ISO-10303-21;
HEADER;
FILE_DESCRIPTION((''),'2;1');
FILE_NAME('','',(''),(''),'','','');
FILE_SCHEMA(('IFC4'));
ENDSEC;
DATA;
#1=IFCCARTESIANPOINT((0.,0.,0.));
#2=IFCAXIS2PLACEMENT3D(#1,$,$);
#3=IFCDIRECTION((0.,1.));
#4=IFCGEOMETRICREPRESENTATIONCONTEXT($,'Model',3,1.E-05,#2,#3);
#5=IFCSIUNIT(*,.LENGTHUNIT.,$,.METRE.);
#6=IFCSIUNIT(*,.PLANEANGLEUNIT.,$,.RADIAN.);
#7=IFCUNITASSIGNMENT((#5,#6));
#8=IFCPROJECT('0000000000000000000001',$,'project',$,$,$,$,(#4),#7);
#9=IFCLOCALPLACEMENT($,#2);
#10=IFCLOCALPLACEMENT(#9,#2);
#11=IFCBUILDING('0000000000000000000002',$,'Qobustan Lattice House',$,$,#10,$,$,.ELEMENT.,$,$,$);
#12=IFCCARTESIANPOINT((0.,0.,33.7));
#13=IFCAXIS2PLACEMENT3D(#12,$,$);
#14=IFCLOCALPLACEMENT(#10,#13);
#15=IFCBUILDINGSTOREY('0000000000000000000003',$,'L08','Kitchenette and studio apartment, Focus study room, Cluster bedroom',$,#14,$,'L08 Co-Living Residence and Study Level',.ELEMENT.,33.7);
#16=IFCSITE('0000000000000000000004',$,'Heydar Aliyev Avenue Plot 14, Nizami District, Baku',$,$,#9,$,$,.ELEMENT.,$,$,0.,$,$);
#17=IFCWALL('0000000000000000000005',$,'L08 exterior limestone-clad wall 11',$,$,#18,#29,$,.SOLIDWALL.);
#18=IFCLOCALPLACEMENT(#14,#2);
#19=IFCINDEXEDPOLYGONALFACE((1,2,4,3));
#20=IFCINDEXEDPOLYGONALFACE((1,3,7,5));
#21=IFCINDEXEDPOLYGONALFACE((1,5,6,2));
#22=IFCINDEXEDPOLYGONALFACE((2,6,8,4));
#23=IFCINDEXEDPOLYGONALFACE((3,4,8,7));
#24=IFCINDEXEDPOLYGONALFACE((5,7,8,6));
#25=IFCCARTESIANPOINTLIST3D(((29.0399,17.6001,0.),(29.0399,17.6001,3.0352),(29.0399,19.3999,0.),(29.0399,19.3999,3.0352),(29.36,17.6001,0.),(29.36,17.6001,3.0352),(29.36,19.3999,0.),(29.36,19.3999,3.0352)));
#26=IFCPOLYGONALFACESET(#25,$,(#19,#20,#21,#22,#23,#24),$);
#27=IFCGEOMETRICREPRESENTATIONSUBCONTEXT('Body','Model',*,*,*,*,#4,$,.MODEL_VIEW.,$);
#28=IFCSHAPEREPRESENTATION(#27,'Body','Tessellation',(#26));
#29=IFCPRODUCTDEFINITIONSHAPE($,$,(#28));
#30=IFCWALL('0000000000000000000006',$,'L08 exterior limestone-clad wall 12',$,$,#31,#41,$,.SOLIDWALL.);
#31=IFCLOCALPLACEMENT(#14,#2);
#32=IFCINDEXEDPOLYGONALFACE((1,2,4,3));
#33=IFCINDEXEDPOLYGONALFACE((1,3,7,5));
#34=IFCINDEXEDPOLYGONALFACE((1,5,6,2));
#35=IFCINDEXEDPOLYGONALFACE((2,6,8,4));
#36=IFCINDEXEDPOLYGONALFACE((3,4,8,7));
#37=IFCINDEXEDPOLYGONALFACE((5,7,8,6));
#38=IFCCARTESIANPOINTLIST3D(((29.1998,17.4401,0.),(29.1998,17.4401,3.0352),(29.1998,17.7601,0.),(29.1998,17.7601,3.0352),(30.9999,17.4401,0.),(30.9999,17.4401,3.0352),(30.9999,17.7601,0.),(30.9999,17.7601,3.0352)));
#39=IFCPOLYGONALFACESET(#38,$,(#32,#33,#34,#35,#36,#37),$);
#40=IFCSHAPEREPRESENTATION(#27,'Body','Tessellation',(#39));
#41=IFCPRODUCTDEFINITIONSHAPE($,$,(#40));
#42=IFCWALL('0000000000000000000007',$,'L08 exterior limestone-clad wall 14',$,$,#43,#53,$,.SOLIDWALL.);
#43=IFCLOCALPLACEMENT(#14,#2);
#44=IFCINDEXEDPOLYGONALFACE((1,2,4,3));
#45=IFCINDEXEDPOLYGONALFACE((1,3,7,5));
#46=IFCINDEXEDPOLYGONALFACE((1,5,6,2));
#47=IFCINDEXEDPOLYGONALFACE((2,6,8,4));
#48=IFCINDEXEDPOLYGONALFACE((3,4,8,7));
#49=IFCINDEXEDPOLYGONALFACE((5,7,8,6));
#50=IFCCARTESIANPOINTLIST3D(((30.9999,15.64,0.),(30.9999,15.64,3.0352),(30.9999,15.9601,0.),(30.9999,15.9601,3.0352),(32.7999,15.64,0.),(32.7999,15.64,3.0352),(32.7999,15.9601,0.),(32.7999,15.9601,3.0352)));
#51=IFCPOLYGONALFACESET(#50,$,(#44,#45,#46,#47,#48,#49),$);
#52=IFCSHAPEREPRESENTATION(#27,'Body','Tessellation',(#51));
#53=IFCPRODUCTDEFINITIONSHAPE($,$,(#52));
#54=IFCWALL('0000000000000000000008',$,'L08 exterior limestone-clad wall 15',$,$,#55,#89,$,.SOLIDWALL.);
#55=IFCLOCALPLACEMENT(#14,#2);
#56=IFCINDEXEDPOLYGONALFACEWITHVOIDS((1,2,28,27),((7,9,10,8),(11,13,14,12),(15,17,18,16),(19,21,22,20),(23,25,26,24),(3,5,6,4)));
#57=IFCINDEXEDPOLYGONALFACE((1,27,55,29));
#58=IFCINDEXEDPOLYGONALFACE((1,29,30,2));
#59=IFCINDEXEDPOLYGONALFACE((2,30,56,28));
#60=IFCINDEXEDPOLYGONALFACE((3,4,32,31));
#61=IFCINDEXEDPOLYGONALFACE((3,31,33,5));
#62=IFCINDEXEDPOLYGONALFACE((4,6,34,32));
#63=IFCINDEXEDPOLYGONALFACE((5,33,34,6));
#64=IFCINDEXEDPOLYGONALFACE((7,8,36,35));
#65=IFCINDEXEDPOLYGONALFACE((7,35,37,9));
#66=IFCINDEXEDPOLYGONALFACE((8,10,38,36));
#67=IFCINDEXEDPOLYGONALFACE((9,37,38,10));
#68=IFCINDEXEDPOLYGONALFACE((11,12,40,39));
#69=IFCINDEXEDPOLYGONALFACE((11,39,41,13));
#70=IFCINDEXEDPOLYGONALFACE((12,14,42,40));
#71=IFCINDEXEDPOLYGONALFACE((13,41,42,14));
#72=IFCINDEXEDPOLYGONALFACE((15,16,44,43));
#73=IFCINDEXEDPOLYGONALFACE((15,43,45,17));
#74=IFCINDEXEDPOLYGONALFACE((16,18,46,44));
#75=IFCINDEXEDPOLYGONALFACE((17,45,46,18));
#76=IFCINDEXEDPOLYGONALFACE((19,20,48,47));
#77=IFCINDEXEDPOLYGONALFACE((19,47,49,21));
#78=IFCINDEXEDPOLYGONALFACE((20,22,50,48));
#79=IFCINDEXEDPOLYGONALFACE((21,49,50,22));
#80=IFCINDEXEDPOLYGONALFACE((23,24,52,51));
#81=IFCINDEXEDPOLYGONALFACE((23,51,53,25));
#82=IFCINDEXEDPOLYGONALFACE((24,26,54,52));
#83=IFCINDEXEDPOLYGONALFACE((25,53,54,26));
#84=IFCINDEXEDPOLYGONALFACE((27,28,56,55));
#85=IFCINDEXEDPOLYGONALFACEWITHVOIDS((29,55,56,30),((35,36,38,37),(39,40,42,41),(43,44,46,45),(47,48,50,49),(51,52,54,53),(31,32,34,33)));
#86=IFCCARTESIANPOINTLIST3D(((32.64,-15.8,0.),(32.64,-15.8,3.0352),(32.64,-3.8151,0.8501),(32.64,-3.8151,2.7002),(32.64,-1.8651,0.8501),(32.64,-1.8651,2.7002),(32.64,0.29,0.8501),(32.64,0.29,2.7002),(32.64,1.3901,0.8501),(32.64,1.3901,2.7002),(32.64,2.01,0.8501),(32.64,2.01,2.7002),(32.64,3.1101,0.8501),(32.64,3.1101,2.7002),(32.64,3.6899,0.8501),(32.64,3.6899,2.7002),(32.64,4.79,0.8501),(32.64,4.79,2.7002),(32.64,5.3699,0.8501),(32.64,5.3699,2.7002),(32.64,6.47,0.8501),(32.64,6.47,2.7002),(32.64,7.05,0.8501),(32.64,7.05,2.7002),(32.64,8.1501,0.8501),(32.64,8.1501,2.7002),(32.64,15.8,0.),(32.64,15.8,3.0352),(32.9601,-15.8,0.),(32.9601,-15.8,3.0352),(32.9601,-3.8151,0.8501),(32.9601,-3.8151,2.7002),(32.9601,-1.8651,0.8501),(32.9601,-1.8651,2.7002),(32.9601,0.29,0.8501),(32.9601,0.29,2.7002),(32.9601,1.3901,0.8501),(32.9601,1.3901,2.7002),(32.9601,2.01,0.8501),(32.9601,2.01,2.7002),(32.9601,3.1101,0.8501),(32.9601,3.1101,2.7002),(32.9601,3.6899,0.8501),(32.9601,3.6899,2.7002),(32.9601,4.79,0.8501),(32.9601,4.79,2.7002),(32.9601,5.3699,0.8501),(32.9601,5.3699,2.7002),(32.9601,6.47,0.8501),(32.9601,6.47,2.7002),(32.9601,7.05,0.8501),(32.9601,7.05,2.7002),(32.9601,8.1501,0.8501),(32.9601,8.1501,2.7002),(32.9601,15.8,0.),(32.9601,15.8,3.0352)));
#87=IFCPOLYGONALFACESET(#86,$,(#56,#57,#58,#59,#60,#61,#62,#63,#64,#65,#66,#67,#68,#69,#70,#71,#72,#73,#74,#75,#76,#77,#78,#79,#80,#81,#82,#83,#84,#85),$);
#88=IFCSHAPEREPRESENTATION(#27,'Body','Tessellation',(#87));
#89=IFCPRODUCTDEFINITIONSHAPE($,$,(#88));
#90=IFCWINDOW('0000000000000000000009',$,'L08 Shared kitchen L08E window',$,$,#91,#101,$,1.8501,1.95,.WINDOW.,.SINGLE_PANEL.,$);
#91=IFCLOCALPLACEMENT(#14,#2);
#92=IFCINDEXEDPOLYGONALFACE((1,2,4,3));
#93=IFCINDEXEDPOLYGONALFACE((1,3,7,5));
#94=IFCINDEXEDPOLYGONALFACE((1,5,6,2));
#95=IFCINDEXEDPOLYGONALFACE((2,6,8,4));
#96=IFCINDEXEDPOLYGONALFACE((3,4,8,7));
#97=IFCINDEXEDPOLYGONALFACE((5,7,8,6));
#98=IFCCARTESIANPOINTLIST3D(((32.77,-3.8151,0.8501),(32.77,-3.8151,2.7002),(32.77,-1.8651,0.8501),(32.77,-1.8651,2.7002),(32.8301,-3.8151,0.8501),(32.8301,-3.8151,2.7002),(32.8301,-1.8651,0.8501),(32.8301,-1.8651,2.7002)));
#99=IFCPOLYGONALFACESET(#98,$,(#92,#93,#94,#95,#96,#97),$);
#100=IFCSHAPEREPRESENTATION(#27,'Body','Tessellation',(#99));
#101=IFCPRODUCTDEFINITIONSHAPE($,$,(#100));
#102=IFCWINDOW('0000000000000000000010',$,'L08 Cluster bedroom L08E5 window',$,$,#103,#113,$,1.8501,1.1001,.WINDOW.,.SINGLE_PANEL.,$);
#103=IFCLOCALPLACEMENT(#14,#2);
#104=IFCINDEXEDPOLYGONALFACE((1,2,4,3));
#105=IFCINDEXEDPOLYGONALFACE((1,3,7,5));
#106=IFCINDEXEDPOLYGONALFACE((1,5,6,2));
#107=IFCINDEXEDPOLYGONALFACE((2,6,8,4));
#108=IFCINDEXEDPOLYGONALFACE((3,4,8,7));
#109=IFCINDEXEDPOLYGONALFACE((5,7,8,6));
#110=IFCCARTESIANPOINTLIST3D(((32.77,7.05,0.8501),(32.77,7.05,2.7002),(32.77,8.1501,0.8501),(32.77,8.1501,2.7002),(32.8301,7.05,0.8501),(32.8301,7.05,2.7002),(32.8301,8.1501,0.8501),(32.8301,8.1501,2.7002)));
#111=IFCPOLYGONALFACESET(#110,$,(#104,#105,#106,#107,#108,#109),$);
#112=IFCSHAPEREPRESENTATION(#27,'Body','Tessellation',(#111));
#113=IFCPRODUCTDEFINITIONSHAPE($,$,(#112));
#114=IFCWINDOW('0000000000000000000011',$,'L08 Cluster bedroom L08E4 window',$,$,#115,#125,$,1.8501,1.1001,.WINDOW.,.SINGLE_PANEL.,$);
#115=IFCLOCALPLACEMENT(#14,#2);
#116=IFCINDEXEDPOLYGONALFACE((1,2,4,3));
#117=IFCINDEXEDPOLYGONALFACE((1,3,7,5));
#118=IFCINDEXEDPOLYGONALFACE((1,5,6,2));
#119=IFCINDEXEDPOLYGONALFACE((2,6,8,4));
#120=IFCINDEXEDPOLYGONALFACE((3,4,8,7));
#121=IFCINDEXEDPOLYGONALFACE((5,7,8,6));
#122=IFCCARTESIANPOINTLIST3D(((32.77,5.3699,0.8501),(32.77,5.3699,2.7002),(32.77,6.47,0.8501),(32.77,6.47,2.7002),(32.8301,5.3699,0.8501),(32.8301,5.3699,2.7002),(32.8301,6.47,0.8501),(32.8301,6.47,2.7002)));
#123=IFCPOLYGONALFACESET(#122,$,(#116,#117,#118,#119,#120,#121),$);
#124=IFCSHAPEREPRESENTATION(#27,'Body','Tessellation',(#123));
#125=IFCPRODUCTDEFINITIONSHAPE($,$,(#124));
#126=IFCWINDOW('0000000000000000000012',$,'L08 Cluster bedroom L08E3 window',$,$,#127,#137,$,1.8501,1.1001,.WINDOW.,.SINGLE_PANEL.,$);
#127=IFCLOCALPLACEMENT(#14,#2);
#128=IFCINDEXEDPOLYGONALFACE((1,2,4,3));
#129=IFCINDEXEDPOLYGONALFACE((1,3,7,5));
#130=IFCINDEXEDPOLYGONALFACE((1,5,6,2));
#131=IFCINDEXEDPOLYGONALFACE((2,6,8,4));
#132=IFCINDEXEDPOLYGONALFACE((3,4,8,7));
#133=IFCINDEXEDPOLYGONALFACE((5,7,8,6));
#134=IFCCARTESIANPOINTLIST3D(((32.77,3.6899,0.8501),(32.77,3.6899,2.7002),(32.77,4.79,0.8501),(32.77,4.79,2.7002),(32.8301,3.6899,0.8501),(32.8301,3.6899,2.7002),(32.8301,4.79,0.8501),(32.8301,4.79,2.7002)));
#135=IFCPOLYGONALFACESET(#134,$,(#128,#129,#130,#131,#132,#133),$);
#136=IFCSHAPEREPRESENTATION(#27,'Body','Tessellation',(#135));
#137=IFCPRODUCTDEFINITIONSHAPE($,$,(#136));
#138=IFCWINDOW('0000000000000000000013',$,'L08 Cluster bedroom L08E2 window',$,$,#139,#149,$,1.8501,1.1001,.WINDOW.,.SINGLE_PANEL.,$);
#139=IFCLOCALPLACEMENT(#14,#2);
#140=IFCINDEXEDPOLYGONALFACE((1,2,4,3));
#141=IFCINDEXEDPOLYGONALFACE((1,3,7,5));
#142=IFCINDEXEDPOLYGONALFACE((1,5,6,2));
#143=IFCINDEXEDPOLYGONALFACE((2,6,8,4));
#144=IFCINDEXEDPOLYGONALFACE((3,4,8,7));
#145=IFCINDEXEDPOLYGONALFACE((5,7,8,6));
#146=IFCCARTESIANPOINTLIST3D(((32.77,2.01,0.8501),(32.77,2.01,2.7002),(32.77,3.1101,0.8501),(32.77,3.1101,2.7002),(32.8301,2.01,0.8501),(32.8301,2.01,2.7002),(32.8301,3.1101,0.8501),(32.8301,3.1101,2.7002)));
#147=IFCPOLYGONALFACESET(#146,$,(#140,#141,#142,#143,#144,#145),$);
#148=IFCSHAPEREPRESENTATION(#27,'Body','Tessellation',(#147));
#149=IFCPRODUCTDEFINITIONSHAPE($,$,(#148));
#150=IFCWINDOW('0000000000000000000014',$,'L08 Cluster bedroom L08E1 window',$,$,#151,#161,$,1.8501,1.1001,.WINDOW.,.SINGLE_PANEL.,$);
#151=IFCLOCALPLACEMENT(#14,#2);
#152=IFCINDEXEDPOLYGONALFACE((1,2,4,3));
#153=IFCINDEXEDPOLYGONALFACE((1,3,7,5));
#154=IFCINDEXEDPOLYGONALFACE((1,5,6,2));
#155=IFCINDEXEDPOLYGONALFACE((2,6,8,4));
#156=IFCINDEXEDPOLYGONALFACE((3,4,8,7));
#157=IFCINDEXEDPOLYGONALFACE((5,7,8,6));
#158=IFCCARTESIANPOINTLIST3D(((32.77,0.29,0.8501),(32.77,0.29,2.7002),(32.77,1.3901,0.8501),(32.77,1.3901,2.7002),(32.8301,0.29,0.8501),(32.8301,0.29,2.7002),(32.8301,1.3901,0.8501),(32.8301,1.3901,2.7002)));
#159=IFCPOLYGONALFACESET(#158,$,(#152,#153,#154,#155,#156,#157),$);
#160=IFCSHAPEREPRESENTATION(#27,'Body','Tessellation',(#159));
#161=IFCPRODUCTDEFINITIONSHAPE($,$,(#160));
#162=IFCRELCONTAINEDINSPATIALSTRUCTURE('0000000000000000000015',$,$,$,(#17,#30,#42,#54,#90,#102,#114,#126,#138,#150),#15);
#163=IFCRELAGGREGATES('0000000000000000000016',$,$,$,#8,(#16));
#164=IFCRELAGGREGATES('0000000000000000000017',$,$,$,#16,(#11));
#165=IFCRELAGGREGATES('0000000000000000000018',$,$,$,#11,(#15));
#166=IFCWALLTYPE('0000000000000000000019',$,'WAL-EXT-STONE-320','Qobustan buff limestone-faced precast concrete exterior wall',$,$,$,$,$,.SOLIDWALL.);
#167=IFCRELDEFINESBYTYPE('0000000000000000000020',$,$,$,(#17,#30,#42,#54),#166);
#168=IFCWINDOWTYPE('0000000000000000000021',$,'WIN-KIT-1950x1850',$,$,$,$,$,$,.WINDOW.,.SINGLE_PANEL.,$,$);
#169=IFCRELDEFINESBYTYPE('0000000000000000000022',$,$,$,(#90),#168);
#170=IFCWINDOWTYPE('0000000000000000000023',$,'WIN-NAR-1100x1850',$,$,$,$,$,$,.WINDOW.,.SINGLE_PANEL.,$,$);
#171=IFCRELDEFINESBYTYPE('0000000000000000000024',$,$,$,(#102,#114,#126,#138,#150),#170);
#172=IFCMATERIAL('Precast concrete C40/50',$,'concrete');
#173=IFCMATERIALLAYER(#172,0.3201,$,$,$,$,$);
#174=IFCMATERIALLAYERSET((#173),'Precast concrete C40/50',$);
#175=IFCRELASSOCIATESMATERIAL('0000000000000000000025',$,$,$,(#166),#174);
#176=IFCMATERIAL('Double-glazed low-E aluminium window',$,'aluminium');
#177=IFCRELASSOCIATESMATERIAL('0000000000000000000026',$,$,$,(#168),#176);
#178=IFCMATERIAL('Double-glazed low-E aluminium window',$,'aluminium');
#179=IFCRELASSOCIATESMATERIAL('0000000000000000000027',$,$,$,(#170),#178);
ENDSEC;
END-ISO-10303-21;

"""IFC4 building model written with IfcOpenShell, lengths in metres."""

from ifc_helpers import new_model, si_unit, direction, frame, frame_2d, origin, place, context, subcontext, project, spatial, rectangle, extrude, material, layer, layer_set, type_object, element, fill, save


model = new_model("IFC4")

# Units and contexts
model_context = context("Model", 3, precision=1e-05, world=origin(), true_north=direction((0.0, 1.0)))
body_context = subcontext(model_context, "Body", "Model", "MODEL_VIEW")
ifc_project = project(units=[si_unit("LENGTHUNIT", "METRE"), si_unit("PLANEANGLEUNIT", "RADIAN")], contexts=[model_context])

# Site, building, storey
site_placement = place(None, origin())
site = spatial("IfcSite", under=ifc_project, at=site_placement, Name="Heydar Aliyev Avenue Plot 14, Nizami District, Baku", CompositionType="ELEMENT", RefElevation=0.0)
building_placement = place(site_placement, origin())
building = spatial("IfcBuilding", under=site, at=building_placement, Name="Qobustan Lattice House", CompositionType="ELEMENT")
storey_placement = place(building_placement, frame((0.0, 0.0, 33.7)))
storey = spatial("IfcBuildingStorey", under=building, at=storey_placement, Name="L08", Description="Kitchenette and studio apartment, Focus study room, Cluster bedroom", LongName="L08 Co-Living Residence and Study Level", CompositionType="ELEMENT", Elevation=33.7)

# Walls
ifc_material_1 = material(Name="Precast concrete C40/50", Category="concrete")
ifc_layer_1 = layer(ifc_material_1, 0.3201)
ifc_layer_set_1 = layer_set([ifc_layer_1], Name="Precast concrete C40/50")
wall_type = type_object("IfcWallType", Name="WAL-EXT-STONE-320", Description="Qobustan buff limestone-faced precast concrete exterior wall", PredefinedType="SOLIDWALL", material=ifc_layer_set_1)
wall_1_placement = place(storey_placement, frame((29.2, 19.3999, 0.0), z_axis=(0.0, 0.0, 1.0), x_axis=(0.0, -1.0, 0.0)))
element("IfcWall", 1, at=wall_1_placement, inside=storey, type_object=wall_type, Name="L08 exterior limestone-clad wall 11", PredefinedType="SOLIDWALL", context=body_context, shape_type="SweptSolid", body=[
    extrude(rectangle(XDim=1.7998, YDim=0.3201, at=frame_2d((0.8999, 0.0))), origin(), (0.0, 0.0, 1.0), 3.0352),
])
for number, where, z_axis, x_axis, name in (
    (2, (29.2, 17.6001, 0.0), (0.0, 0.0, 1.0), (1.0, 0.0, 0.0), "L08 exterior limestone-clad wall 12"),
    (3, (31.0, 15.8, 0.0), (0.0, 0.0, 1.0), (1.0, 0.0, 0.0), "L08 exterior limestone-clad wall 14"),
):
    element("IfcWall", number, at=place(storey_placement, frame(where, z_axis=z_axis, x_axis=x_axis)), inside=storey, type_object=wall_type, Name=name, PredefinedType="SOLIDWALL", context=body_context, shape_type="SweptSolid", body=[
        extrude(rectangle(XDim=1.8, YDim=0.3201, at=frame_2d((0.8999, 0.0))), origin(), (0.0, 0.0, 1.0), 3.0352),
    ])

# Wall, openings, windows
wall_2_placement = place(storey_placement, frame((32.8, 15.8, 0.0), z_axis=(0.0, 0.0, 1.0), x_axis=(0.0, -1.0, 0.0)))
wall_2 = element("IfcWall", 4, at=wall_2_placement, inside=storey, type_object=wall_type, Name="L08 exterior limestone-clad wall 15", PredefinedType="SOLIDWALL", context=body_context, shape_type="SweptSolid", body=[
    extrude(rectangle(XDim=31.6001, YDim=0.3201, at=frame_2d((15.8, 0.0))), origin(), (0.0, 0.0, 1.0), 3.0352),
])
opening_1_placement = place(wall_2_placement, frame((7.6499, 0.0, 0.8501)))
opening_1 = element("IfcOpeningElement", 5, at=opening_1_placement, cuts=wall_2, PredefinedType="OPENING", context=body_context, shape_type="SweptSolid", body=[
    extrude(rectangle(XDim=1.1001, YDim=1.8501, at=frame_2d((0.55, 0.925))), frame((0.0, 0.1699, 0.0), z_axis=(0.0, -1.0, 0.0), x_axis=(1.0, 0.0, 0.0)), (0.0, 0.0, 1.0), 0.3401),
])
opening_2_placement = place(wall_2_placement, frame((9.3301, 0.0, 0.8501)))
opening_2 = element("IfcOpeningElement", 6, at=opening_2_placement, cuts=wall_2, PredefinedType="OPENING", context=body_context, shape_type="SweptSolid", body=[
    extrude(rectangle(XDim=1.1001, YDim=1.8501, at=frame_2d((0.55, 0.925))), frame((0.0, 0.1699, 0.0), z_axis=(0.0, -1.0, 0.0), x_axis=(1.0, 0.0, 0.0)), (0.0, 0.0, 1.0), 0.3401),
])
opening_3_placement = place(wall_2_placement, frame((11.01, 0.0, 0.8501)))
opening_3 = element("IfcOpeningElement", 7, at=opening_3_placement, cuts=wall_2, PredefinedType="OPENING", context=body_context, shape_type="SweptSolid", body=[
    extrude(rectangle(XDim=1.1001, YDim=1.8501, at=frame_2d((0.55, 0.925))), frame((0.0, 0.1699, 0.0), z_axis=(0.0, -1.0, 0.0), x_axis=(1.0, 0.0, 0.0)), (0.0, 0.0, 1.0), 0.3401),
])
opening_4_placement = place(wall_2_placement, frame((12.6899, 0.0, 0.8501)))
opening_4 = element("IfcOpeningElement", 8, at=opening_4_placement, cuts=wall_2, PredefinedType="OPENING", context=body_context, shape_type="SweptSolid", body=[
    extrude(rectangle(XDim=1.1001, YDim=1.8501, at=frame_2d((0.55, 0.925))), frame((0.0, 0.1699, 0.0), z_axis=(0.0, -1.0, 0.0), x_axis=(1.0, 0.0, 0.0)), (0.0, 0.0, 1.0), 0.3401),
])
opening_5_placement = place(wall_2_placement, frame((14.4099, 0.0, 0.8501)))
opening_5 = element("IfcOpeningElement", 9, at=opening_5_placement, cuts=wall_2, PredefinedType="OPENING", context=body_context, shape_type="SweptSolid", body=[
    extrude(rectangle(XDim=1.1001, YDim=1.8501, at=frame_2d((0.55, 0.925))), frame((0.0, 0.1699, 0.0), z_axis=(0.0, -1.0, 0.0), x_axis=(1.0, 0.0, 0.0)), (0.0, 0.0, 1.0), 0.3401),
])
opening_6_placement = place(wall_2_placement, frame((17.665, 0.0, 0.8501)))
opening_6 = element("IfcOpeningElement", 10, at=opening_6_placement, cuts=wall_2, PredefinedType="OPENING", context=body_context, shape_type="SweptSolid", body=[
    extrude(rectangle(XDim=1.95, YDim=1.8501, at=frame_2d((0.9751, 0.925))), frame((0.0, 0.1699, 0.0), z_axis=(0.0, -1.0, 0.0), x_axis=(1.0, 0.0, 0.0)), (0.0, 0.0, 1.0), 0.3401),
])
ifc_material_2 = material(Name="Double-glazed low-E aluminium window", Category="aluminium")
window_type_1 = type_object("IfcWindowType", Name="WIN-KIT-1950x1850", PartitioningType="SINGLE_PANEL", PredefinedType="WINDOW", material=ifc_material_2)
window_1_placement = place(opening_6_placement, origin())
window_1 = element("IfcWindow", 11, at=window_1_placement, inside=storey, type_object=window_type_1, Name="L08 Shared kitchen L08E window", OverallHeight=1.8501, OverallWidth=1.95, PartitioningType="SINGLE_PANEL", PredefinedType="WINDOW", context=body_context, shape_type="SweptSolid", body=[
    extrude(rectangle(XDim=1.95, YDim=1.8501, at=frame_2d((0.9751, 0.925))), frame((0.0, 0.03, 0.0), z_axis=(0.0, -1.0, 0.0), x_axis=(1.0, 0.0, 0.0)), (0.0, 0.0, 1.0), 0.0601),
])
fill(opening_6, window_1)
ifc_material_3 = material(Name="Double-glazed low-E aluminium window", Category="aluminium")
window_type_2 = type_object("IfcWindowType", Name="WIN-NAR-1100x1850", PartitioningType="SINGLE_PANEL", PredefinedType="WINDOW", material=ifc_material_3)
window_2_placement = place(opening_1_placement, origin())
window_2 = element("IfcWindow", 12, at=window_2_placement, inside=storey, type_object=window_type_2, Name="L08 Cluster bedroom L08E5 window", OverallHeight=1.8501, OverallWidth=1.1001, PartitioningType="SINGLE_PANEL", PredefinedType="WINDOW", context=body_context, shape_type="SweptSolid", body=[
    extrude(rectangle(XDim=1.1001, YDim=1.8501, at=frame_2d((0.55, 0.925))), frame((0.0, 0.03, 0.0), z_axis=(0.0, -1.0, 0.0), x_axis=(1.0, 0.0, 0.0)), (0.0, 0.0, 1.0), 0.0601),
])
fill(opening_1, window_2)
window_3_placement = place(opening_2_placement, origin())
window_3 = element("IfcWindow", 13, at=window_3_placement, inside=storey, type_object=window_type_2, Name="L08 Cluster bedroom L08E4 window", OverallHeight=1.8501, OverallWidth=1.1001, PartitioningType="SINGLE_PANEL", PredefinedType="WINDOW", context=body_context, shape_type="SweptSolid", body=[
    extrude(rectangle(XDim=1.1001, YDim=1.8501, at=frame_2d((0.55, 0.925))), frame((0.0, 0.03, 0.0), z_axis=(0.0, -1.0, 0.0), x_axis=(1.0, 0.0, 0.0)), (0.0, 0.0, 1.0), 0.0601),
])
fill(opening_2, window_3)
window_4_placement = place(opening_3_placement, origin())
window_4 = element("IfcWindow", 14, at=window_4_placement, inside=storey, type_object=window_type_2, Name="L08 Cluster bedroom L08E3 window", OverallHeight=1.8501, OverallWidth=1.1001, PartitioningType="SINGLE_PANEL", PredefinedType="WINDOW", context=body_context, shape_type="SweptSolid", body=[
    extrude(rectangle(XDim=1.1001, YDim=1.8501, at=frame_2d((0.55, 0.925))), frame((0.0, 0.03, 0.0), z_axis=(0.0, -1.0, 0.0), x_axis=(1.0, 0.0, 0.0)), (0.0, 0.0, 1.0), 0.0601),
])
fill(opening_3, window_4)
window_5_placement = place(opening_4_placement, origin())
window_5 = element("IfcWindow", 15, at=window_5_placement, inside=storey, type_object=window_type_2, Name="L08 Cluster bedroom L08E2 window", OverallHeight=1.8501, OverallWidth=1.1001, PartitioningType="SINGLE_PANEL", PredefinedType="WINDOW", context=body_context, shape_type="SweptSolid", body=[
    extrude(rectangle(XDim=1.1001, YDim=1.8501, at=frame_2d((0.55, 0.925))), frame((0.0, 0.03, 0.0), z_axis=(0.0, -1.0, 0.0), x_axis=(1.0, 0.0, 0.0)), (0.0, 0.0, 1.0), 0.0601),
])
fill(opening_4, window_5)
window_6_placement = place(opening_5_placement, origin())
window_6 = element("IfcWindow", 16, at=window_6_placement, inside=storey, type_object=window_type_2, Name="L08 Cluster bedroom L08E1 window", OverallHeight=1.8501, OverallWidth=1.1001, PartitioningType="SINGLE_PANEL", PredefinedType="WINDOW", context=body_context, shape_type="SweptSolid", body=[
    extrude(rectangle(XDim=1.1001, YDim=1.8501, at=frame_2d((0.55, 0.925))), frame((0.0, 0.03, 0.0), z_axis=(0.0, -1.0, 0.0), x_axis=(1.0, 0.0, 0.0)), (0.0, 0.0, 1.0), 0.0601),
])
fill(opening_5, window_6)

save(model, "model.ifc")
